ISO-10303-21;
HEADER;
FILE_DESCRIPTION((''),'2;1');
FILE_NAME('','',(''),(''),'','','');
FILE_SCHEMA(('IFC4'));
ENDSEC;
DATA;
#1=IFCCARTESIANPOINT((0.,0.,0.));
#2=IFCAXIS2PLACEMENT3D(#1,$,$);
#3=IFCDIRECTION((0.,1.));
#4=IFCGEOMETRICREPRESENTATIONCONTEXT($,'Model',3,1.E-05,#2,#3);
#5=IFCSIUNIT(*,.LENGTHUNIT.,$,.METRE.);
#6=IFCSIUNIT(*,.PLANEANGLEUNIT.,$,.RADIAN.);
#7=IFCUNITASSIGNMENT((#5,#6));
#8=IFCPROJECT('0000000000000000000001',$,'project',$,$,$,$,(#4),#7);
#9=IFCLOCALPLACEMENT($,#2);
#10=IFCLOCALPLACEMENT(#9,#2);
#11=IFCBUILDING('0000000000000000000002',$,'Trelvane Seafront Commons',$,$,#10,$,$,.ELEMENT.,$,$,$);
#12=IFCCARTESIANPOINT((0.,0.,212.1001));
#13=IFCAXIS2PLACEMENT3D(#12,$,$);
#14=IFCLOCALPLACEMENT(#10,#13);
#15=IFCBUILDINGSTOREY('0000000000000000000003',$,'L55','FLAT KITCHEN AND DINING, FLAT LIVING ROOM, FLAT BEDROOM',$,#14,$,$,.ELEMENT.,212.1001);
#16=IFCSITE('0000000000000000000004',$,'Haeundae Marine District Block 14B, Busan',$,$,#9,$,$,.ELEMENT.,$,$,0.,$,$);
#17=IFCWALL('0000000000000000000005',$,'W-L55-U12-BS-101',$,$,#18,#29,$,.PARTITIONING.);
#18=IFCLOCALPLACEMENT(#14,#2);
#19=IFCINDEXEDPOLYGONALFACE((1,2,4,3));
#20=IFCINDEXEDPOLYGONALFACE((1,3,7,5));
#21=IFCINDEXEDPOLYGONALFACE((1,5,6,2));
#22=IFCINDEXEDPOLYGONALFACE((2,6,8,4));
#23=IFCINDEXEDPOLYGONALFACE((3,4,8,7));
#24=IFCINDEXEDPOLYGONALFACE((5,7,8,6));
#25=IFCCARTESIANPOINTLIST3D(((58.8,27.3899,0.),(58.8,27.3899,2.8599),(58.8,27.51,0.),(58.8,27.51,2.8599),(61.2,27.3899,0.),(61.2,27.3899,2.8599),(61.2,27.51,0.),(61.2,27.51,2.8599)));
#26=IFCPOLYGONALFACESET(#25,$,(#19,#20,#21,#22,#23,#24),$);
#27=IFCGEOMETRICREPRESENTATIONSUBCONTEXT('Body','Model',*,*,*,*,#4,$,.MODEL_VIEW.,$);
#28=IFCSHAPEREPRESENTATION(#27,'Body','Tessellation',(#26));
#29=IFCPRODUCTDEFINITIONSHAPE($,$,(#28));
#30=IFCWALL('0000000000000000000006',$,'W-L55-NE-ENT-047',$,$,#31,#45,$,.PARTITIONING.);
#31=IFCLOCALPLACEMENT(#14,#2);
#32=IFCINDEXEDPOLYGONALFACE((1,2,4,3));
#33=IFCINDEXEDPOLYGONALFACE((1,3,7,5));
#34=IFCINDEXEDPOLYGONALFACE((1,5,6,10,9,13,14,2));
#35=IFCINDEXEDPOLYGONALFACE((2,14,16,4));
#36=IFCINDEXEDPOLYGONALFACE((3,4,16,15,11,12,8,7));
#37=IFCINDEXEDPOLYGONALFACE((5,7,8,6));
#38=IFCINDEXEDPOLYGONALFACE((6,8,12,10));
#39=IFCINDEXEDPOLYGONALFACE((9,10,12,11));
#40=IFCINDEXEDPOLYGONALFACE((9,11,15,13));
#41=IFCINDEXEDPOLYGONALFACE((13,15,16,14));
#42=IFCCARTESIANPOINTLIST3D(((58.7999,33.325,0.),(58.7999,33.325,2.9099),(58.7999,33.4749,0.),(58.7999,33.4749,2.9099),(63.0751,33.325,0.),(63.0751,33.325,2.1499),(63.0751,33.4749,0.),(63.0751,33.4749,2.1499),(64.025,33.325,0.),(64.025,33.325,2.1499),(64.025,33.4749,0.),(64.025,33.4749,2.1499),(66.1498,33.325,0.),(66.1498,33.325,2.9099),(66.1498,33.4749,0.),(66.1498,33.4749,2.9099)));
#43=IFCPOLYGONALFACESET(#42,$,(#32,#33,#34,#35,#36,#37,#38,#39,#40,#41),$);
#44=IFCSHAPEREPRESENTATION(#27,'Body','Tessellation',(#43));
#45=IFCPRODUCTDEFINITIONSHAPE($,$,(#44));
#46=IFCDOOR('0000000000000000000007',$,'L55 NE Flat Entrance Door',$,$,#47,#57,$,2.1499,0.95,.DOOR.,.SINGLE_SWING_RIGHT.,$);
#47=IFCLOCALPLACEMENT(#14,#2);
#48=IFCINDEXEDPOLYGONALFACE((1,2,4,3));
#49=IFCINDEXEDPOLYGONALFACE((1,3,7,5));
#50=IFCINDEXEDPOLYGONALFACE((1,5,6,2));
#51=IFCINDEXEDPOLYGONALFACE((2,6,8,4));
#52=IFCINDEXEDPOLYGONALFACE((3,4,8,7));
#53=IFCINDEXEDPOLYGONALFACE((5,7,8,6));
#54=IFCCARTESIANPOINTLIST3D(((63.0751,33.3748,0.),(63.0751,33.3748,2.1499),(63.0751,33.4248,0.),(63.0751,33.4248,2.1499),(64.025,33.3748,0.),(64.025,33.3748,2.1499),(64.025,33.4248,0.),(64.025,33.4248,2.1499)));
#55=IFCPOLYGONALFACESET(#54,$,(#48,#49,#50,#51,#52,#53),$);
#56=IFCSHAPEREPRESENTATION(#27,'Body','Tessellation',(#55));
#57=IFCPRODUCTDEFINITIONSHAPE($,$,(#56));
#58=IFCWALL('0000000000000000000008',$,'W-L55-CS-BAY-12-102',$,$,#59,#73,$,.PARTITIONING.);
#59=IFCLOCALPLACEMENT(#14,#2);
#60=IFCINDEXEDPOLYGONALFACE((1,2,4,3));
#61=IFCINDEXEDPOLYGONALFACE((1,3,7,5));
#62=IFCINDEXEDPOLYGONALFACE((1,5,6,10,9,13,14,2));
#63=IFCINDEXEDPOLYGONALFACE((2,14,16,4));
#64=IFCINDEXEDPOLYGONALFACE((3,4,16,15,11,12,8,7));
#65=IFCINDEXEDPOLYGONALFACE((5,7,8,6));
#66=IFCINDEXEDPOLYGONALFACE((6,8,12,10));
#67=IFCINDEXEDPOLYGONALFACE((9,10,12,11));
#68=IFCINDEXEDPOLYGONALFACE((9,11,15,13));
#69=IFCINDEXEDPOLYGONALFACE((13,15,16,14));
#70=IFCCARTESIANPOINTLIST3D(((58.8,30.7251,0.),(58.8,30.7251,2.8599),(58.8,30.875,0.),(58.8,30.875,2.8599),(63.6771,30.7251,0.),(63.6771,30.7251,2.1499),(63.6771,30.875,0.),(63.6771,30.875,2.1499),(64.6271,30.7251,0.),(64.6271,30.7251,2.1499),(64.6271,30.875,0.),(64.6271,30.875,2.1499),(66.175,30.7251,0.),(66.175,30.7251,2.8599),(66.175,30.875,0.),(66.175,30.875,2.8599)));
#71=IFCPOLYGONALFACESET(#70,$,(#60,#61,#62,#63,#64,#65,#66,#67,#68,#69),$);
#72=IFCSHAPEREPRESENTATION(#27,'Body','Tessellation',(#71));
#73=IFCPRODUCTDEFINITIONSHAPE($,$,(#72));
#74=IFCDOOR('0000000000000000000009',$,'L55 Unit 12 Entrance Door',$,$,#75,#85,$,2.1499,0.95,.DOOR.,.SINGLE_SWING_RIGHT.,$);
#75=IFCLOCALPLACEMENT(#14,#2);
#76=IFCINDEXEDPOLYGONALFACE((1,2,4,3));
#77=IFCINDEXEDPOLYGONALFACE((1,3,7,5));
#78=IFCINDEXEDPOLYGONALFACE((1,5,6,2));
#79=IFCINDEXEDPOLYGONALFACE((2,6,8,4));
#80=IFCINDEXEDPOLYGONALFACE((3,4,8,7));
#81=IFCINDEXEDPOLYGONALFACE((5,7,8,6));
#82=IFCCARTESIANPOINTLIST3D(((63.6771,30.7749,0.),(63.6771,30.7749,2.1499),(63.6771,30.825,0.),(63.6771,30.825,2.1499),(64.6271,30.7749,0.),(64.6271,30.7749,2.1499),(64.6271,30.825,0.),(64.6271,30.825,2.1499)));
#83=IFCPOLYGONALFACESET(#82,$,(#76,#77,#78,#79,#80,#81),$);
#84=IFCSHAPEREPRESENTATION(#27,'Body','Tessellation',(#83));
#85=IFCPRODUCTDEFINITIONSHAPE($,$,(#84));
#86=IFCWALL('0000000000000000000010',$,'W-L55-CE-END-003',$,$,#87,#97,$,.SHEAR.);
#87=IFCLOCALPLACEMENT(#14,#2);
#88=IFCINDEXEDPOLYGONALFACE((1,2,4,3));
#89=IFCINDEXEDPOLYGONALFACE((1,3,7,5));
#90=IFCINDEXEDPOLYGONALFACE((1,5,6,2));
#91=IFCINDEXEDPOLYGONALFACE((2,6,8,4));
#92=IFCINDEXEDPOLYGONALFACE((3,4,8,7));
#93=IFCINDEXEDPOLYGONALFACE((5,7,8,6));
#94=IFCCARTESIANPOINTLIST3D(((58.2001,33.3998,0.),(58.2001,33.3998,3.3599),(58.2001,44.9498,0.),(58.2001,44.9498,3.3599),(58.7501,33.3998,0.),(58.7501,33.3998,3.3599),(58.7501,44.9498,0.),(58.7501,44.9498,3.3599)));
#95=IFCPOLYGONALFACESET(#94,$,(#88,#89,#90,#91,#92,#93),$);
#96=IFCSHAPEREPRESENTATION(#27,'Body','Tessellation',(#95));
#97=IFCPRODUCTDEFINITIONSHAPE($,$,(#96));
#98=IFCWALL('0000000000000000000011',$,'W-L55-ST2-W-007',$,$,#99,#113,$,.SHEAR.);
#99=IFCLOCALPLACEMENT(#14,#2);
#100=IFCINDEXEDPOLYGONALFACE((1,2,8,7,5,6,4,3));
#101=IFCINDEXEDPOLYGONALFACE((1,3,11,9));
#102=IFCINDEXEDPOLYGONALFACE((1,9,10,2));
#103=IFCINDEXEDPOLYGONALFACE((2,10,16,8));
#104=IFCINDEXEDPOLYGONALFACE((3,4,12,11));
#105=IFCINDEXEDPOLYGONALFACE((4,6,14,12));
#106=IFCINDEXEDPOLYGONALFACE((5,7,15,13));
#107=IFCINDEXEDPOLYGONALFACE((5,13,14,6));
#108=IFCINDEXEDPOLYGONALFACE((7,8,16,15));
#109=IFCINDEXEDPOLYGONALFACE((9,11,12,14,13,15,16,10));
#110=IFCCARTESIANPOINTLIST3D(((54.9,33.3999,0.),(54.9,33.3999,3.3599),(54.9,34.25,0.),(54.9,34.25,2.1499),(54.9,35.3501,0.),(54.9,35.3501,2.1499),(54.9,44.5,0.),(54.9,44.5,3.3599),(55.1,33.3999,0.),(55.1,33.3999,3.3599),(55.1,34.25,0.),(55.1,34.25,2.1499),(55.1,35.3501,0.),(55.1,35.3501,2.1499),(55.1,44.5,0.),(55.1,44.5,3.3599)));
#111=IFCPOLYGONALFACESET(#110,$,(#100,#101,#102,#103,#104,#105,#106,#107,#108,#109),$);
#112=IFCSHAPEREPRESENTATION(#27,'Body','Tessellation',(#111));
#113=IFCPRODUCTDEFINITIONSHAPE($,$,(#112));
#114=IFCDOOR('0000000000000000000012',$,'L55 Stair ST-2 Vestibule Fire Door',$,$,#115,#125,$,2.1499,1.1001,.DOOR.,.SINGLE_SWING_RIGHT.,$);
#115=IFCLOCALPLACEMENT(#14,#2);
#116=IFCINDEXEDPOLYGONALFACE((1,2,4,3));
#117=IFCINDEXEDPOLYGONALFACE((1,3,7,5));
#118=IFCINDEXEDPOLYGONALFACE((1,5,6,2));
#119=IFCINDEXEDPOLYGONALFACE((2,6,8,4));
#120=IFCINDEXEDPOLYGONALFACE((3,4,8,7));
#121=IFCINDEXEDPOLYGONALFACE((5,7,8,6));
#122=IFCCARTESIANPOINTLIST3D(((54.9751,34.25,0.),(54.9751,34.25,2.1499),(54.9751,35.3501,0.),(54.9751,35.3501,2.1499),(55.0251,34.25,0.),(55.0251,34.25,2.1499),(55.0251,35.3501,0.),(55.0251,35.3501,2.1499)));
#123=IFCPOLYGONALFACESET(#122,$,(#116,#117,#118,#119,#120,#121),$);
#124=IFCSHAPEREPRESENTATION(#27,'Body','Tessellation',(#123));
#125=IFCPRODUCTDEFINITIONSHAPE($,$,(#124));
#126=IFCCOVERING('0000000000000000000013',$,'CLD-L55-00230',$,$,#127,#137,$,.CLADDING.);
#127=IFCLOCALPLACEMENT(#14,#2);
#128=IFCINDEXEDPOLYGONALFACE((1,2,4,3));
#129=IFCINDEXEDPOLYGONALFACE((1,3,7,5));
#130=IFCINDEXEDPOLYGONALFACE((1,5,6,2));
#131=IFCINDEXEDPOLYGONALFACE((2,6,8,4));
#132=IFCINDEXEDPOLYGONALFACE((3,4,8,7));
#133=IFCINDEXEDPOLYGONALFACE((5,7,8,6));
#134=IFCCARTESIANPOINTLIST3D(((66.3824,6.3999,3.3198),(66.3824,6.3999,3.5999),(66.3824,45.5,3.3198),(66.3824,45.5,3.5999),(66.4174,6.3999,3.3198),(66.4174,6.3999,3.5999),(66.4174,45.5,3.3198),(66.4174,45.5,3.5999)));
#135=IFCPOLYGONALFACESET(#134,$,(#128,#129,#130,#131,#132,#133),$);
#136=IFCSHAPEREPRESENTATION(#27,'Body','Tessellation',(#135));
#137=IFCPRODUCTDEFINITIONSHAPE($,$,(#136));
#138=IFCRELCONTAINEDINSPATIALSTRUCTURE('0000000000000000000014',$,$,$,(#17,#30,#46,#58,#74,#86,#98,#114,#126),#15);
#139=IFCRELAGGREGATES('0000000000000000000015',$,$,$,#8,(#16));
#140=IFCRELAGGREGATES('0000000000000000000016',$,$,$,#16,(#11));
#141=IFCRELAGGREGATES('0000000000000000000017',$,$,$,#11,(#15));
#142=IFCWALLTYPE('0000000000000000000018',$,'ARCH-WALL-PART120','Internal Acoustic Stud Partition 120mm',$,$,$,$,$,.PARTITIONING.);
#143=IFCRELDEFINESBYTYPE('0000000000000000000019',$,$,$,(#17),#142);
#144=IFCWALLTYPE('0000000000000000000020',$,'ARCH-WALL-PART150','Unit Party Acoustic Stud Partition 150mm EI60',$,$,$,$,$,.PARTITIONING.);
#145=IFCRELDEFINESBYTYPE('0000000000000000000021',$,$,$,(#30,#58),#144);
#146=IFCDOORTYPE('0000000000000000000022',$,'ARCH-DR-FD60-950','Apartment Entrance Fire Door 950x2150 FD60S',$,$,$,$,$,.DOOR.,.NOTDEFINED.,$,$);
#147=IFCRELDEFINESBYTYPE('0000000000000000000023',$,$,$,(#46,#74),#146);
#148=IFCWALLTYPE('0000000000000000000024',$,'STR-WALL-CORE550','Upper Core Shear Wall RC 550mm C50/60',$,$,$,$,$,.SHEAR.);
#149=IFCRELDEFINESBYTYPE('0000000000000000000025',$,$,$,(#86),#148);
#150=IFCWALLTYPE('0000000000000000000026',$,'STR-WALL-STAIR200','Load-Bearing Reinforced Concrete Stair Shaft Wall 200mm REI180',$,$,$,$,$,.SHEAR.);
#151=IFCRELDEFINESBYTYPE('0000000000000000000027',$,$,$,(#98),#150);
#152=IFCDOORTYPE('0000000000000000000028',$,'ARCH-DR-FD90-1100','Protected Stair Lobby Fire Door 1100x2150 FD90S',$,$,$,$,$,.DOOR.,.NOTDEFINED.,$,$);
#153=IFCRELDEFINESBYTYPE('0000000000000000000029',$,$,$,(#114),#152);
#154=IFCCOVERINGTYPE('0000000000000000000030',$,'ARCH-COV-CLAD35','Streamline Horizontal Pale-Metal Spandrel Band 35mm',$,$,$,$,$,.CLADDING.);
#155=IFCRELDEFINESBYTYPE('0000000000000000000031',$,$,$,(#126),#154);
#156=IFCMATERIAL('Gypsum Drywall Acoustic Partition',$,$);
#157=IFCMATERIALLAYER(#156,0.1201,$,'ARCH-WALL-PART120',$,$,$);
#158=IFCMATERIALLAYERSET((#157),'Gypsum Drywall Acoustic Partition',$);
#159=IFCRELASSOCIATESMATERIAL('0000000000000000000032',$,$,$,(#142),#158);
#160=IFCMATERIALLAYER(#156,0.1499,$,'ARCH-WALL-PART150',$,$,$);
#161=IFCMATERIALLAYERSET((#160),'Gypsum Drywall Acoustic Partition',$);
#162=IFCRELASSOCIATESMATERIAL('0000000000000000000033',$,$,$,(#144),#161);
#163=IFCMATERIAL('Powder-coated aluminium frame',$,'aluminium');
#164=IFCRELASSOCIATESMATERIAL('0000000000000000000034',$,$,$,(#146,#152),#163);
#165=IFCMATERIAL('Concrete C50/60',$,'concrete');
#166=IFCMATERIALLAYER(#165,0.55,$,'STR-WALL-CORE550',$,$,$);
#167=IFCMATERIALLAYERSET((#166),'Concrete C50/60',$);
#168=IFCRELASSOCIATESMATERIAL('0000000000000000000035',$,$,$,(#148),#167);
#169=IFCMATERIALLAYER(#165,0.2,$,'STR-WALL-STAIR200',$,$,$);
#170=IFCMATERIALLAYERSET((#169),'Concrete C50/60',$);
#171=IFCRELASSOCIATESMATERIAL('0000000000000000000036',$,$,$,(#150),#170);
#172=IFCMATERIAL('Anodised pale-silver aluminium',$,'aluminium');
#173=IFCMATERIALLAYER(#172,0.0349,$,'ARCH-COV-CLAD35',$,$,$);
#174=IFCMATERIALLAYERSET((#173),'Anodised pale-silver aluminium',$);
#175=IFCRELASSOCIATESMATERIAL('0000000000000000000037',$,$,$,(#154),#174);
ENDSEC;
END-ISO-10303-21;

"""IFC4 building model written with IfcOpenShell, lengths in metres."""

from ifc_helpers import new_model, si_unit, direction, frame, frame_2d, origin, origin_2d, place, context, subcontext, project, spatial, rectangle, extrude, source, transform, mapped, material, layer, layer_set, type_object, element, fill, save


model = new_model("IFC4")

# Units and contexts
model_context = context("Model", 3, precision=1e-05, world=origin(), true_north=direction((0.0, 1.0)))
body_context = subcontext(model_context, "Body", "Model", "MODEL_VIEW")
ifc_project = project(units=[si_unit("LENGTHUNIT", "METRE"), si_unit("PLANEANGLEUNIT", "RADIAN")], contexts=[model_context])

# Site, building, storey
site_placement = place(None, origin())
site = spatial("IfcSite", under=ifc_project, at=site_placement, Name="Haeundae Marine District Block 14B, Busan", CompositionType="ELEMENT", RefElevation=0.0)
building_placement = place(site_placement, origin())
building = spatial("IfcBuilding", under=site, at=building_placement, Name="Trelvane Seafront Commons", CompositionType="ELEMENT")
storey_placement = place(building_placement, frame((0.0, 0.0, 212.1001)))
storey = spatial("IfcBuildingStorey", under=building, at=storey_placement, Name="L55", Description="FLAT KITCHEN AND DINING, FLAT LIVING ROOM, FLAT BEDROOM", CompositionType="ELEMENT", Elevation=212.1001)

# Shared definitions
ifc_material_1 = material(Name="Concrete C50/60", Category="concrete")

# Shared definitions
ifc_material_2 = material(Name="Gypsum Drywall Acoustic Partition")
ifc_layer_1 = layer(ifc_material_2, 0.1201, Name="ARCH-WALL-PART120")
ifc_layer_set_1 = layer_set([ifc_layer_1], Name="Gypsum Drywall Acoustic Partition")
wall_type_1 = type_object("IfcWallType", Name="ARCH-WALL-PART120", Description="Internal Acoustic Stud Partition 120mm", PredefinedType="PARTITIONING", material=ifc_layer_set_1)
shared_shape_1 = source(origin(), body_context, "Body", "SweptSolid", [
    extrude(rectangle(XDim=0.95, YDim=2.1499, at=frame_2d((0.4751, 1.075))), frame((0.0, 0.0249, 0.0), z_axis=(0.0, -1.0, 0.0), x_axis=(1.0, 0.0, 0.0)), (0.0, 0.0, 1.0), 0.05),
])

# Wall
wall_1_placement = place(storey_placement, frame((58.8, 27.45, 0.0), z_axis=(0.0, 0.0, 1.0), x_axis=(1.0, 0.0, 0.0)))
element("IfcWall", 1, at=wall_1_placement, inside=storey, type_object=wall_type_1, Name="W-L55-U12-BS-101", PredefinedType="PARTITIONING", context=body_context, shape_type="SweptSolid", body=[
    extrude(rectangle(XDim=2.3999, YDim=0.1201, at=frame_2d((1.2, 0.0))), origin(), (0.0, 0.0, 1.0), 2.8599),
])

# Walls, openings, doors
ifc_layer_2 = layer(ifc_material_2, 0.1499, Name="ARCH-WALL-PART150")
ifc_layer_set_2 = layer_set([ifc_layer_2], Name="Gypsum Drywall Acoustic Partition")
wall_type_2 = type_object("IfcWallType", Name="ARCH-WALL-PART150", Description="Unit Party Acoustic Stud Partition 150mm EI60", PredefinedType="PARTITIONING", material=ifc_layer_set_2)
wall_2_placement = place(storey_placement, frame((58.8, 33.3999, 0.0), z_axis=(0.0, 0.0, 1.0), x_axis=(1.0, 0.0, 0.0)))
wall_2 = element("IfcWall", 2, at=wall_2_placement, inside=storey, type_object=wall_type_2, Name="W-L55-NE-ENT-047", PredefinedType="PARTITIONING", context=body_context, shape_type="SweptSolid", body=[
    extrude(rectangle(XDim=7.3499, YDim=0.1499, at=frame_2d((3.6748, 0.0))), origin(), (0.0, 0.0, 1.0), 2.9099),
])
opening_1_placement = place(wall_2_placement, frame((4.2749, 0.0, 0.0)))
opening_1 = element("IfcOpeningElement", 3, at=opening_1_placement, cuts=wall_2, PredefinedType="OPENING", context=body_context, shape_type="SweptSolid", body=[
    extrude(rectangle(XDim=0.95, YDim=2.1499, at=frame_2d((0.4751, 1.075))), frame((0.0, 0.085, 0.0), z_axis=(0.0, -1.0, 0.0), x_axis=(1.0, 0.0, 0.0)), (0.0, 0.0, 1.0), 0.1699),
])
ifc_material_3 = material(Name="Powder-coated aluminium frame", Category="aluminium")
door_type_1 = type_object("IfcDoorType", Name="ARCH-DR-FD60-950", Description="Apartment Entrance Fire Door 950x2150 FD60S", OperationType="NOTDEFINED", PredefinedType="DOOR", material=ifc_material_3)
door_1_placement = place(opening_1_placement, origin())
door_1 = element("IfcDoor", 4, at=door_1_placement, inside=storey, type_object=door_type_1, Name="L55 NE Flat Entrance Door", OperationType="SINGLE_SWING_RIGHT", OverallHeight=2.1499, OverallWidth=0.95, PredefinedType="DOOR", context=body_context, shape_type="MappedRepresentation", body=[
    mapped(shared_shape_1, transform((0.0, 0.0, 0.0), x_axis=(1.0, 0.0, 0.0), y_axis=(0.0, 1.0, 0.0), z_axis=(0.0, 0.0, 1.0), scale=1.0)),
])
fill(opening_1, door_1)
wall_3_placement = place(storey_placement, frame((58.8, 30.8, 0.0), z_axis=(0.0, 0.0, 1.0), x_axis=(1.0, 0.0, 0.0)))
wall_3 = element("IfcWall", 5, at=wall_3_placement, inside=storey, type_object=wall_type_2, Name="W-L55-CS-BAY-12-102", PredefinedType="PARTITIONING", context=body_context, shape_type="SweptSolid", body=[
    extrude(rectangle(XDim=7.375, YDim=0.1499, at=frame_2d((3.6875, 0.0))), origin(), (0.0, 0.0, 1.0), 2.8599),
])
opening_2_placement = place(wall_3_placement, frame((4.877, 0.0, 0.0)))
opening_2 = element("IfcOpeningElement", 6, at=opening_2_placement, cuts=wall_3, PredefinedType="OPENING", context=body_context, shape_type="SweptSolid", body=[
    extrude(rectangle(XDim=0.95, YDim=2.1499, at=frame_2d((0.4751, 1.075))), frame((0.0, 0.085, 0.0), z_axis=(0.0, -1.0, 0.0), x_axis=(1.0, 0.0, 0.0)), (0.0, 0.0, 1.0), 0.1699),
])
door_2_placement = place(opening_2_placement, origin())
door_2 = element("IfcDoor", 7, at=door_2_placement, inside=storey, type_object=door_type_1, Name="L55 Unit 12 Entrance Door", OperationType="SINGLE_SWING_RIGHT", OverallHeight=2.1499, OverallWidth=0.95, PredefinedType="DOOR", context=body_context, shape_type="MappedRepresentation", body=[
    mapped(shared_shape_1, transform((0.0, 0.0, 0.0), x_axis=(1.0, 0.0, 0.0), y_axis=(0.0, 1.0, 0.0), z_axis=(0.0, 0.0, 1.0), scale=1.0)),
])
fill(opening_2, door_2)

# Wall
ifc_layer_3 = layer(ifc_material_1, 0.55, Name="STR-WALL-CORE550")
ifc_layer_set_3 = layer_set([ifc_layer_3], Name="Concrete C50/60")
wall_type_3 = type_object("IfcWallType", Name="STR-WALL-CORE550", Description="Upper Core Shear Wall RC 550mm C50/60", PredefinedType="SHEAR", material=ifc_layer_set_3)
wall_4_placement = place(storey_placement, frame((58.4751, 33.3999, 0.0), z_axis=(0.0, 0.0, 1.0), x_axis=(0.0, 1.0, 0.0)))
element("IfcWall", 8, at=wall_4_placement, inside=storey, type_object=wall_type_3, Name="W-L55-CE-END-003", PredefinedType="SHEAR", context=body_context, shape_type="SweptSolid", body=[
    extrude(rectangle(XDim=11.55, YDim=0.55, at=frame_2d((5.7749, 0.0))), origin(), (0.0, 0.0, 1.0), 3.3599),
])

# Wall, opening, door
ifc_layer_4 = layer(ifc_material_1, 0.2, Name="STR-WALL-STAIR200")
ifc_layer_set_4 = layer_set([ifc_layer_4], Name="Concrete C50/60")
wall_type_4 = type_object("IfcWallType", Name="STR-WALL-STAIR200", Description="Load-Bearing Reinforced Concrete Stair Shaft Wall 200mm REI180", PredefinedType="SHEAR", material=ifc_layer_set_4)
wall_5_placement = place(storey_placement, frame((55.0, 33.3999, 0.0), z_axis=(0.0, 0.0, 1.0), x_axis=(0.0, 1.0, 0.0)))
wall_5 = element("IfcWall", 9, at=wall_5_placement, inside=storey, type_object=wall_type_4, Name="W-L55-ST2-W-007", PredefinedType="SHEAR", context=body_context, shape_type="SweptSolid", body=[
    extrude(rectangle(XDim=11.1001, YDim=0.2, at=frame_2d((5.55, 0.0))), origin(), (0.0, 0.0, 1.0), 3.3599),
])
opening_3_placement = place(wall_5_placement, frame((0.8501, 0.0, 0.0)))
opening_3 = element("IfcOpeningElement", 10, at=opening_3_placement, cuts=wall_5, PredefinedType="OPENING", context=body_context, shape_type="SweptSolid", body=[
    extrude(rectangle(XDim=1.1001, YDim=2.1499, at=frame_2d((0.55, 1.075))), frame((0.0, 0.1099, 0.0), z_axis=(0.0, -1.0, 0.0), x_axis=(1.0, 0.0, 0.0)), (0.0, 0.0, 1.0), 0.22),
])
door_type_2 = type_object("IfcDoorType", Name="ARCH-DR-FD90-1100", Description="Protected Stair Lobby Fire Door 1100x2150 FD90S", OperationType="NOTDEFINED", PredefinedType="DOOR", material=ifc_material_3)
shared_shape_2 = source(origin(), body_context, "Body", "SweptSolid", [
    extrude(rectangle(XDim=1.1001, YDim=2.1499, at=frame_2d((0.55, 1.075))), frame((0.0, 0.0249, 0.0), z_axis=(0.0, -1.0, 0.0), x_axis=(1.0, 0.0, 0.0)), (0.0, 0.0, 1.0), 0.05),
])
door_3_placement = place(opening_3_placement, origin())
door_3 = element("IfcDoor", 11, at=door_3_placement, inside=storey, type_object=door_type_2, Name="L55 Stair ST-2 Vestibule Fire Door", OperationType="SINGLE_SWING_RIGHT", OverallHeight=2.1499, OverallWidth=1.1001, PredefinedType="DOOR", context=body_context, shape_type="MappedRepresentation", body=[
    mapped(shared_shape_2, transform((0.0, 0.0, 0.0), x_axis=(1.0, 0.0, 0.0), y_axis=(0.0, 1.0, 0.0), z_axis=(0.0, 0.0, 1.0), scale=1.0)),
])
fill(opening_3, door_3)

# Covering
ifc_material_4 = material(Name="Anodised pale-silver aluminium", Category="aluminium")
ifc_layer_5 = layer(ifc_material_4, 0.0349, Name="ARCH-COV-CLAD35")
ifc_layer_set_5 = layer_set([ifc_layer_5], Name="Anodised pale-silver aluminium")
covering_type = type_object("IfcCoveringType", Name="ARCH-COV-CLAD35", Description="Streamline Horizontal Pale-Metal Spandrel Band 35mm", PredefinedType="CLADDING", material=ifc_layer_set_5)
shared_shape_3 = source(origin(), body_context, "Body", "SweptSolid", [
    extrude(rectangle(XDim=39.1001, YDim=0.0349, at=origin_2d()), origin(), (0.0, 0.0, 1.0), 0.28),
])
covering_placement = place(storey_placement, frame((66.3999, 25.95, 3.3198), z_axis=(0.0, 0.0, 1.0), x_axis=(0.0, -1.0, 0.0)))
element("IfcCovering", 12, at=covering_placement, inside=storey, type_object=covering_type, Name="CLD-L55-00230", PredefinedType="CLADDING", context=body_context, shape_type="MappedRepresentation", body=[
    mapped(shared_shape_3, transform((0.0, 0.0, 0.0), x_axis=(1.0, 0.0, 0.0), y_axis=(0.0, 1.0, 0.0), z_axis=(0.0, 0.0, 1.0), scale=1.0)),
])

save(model, "model.ifc")
